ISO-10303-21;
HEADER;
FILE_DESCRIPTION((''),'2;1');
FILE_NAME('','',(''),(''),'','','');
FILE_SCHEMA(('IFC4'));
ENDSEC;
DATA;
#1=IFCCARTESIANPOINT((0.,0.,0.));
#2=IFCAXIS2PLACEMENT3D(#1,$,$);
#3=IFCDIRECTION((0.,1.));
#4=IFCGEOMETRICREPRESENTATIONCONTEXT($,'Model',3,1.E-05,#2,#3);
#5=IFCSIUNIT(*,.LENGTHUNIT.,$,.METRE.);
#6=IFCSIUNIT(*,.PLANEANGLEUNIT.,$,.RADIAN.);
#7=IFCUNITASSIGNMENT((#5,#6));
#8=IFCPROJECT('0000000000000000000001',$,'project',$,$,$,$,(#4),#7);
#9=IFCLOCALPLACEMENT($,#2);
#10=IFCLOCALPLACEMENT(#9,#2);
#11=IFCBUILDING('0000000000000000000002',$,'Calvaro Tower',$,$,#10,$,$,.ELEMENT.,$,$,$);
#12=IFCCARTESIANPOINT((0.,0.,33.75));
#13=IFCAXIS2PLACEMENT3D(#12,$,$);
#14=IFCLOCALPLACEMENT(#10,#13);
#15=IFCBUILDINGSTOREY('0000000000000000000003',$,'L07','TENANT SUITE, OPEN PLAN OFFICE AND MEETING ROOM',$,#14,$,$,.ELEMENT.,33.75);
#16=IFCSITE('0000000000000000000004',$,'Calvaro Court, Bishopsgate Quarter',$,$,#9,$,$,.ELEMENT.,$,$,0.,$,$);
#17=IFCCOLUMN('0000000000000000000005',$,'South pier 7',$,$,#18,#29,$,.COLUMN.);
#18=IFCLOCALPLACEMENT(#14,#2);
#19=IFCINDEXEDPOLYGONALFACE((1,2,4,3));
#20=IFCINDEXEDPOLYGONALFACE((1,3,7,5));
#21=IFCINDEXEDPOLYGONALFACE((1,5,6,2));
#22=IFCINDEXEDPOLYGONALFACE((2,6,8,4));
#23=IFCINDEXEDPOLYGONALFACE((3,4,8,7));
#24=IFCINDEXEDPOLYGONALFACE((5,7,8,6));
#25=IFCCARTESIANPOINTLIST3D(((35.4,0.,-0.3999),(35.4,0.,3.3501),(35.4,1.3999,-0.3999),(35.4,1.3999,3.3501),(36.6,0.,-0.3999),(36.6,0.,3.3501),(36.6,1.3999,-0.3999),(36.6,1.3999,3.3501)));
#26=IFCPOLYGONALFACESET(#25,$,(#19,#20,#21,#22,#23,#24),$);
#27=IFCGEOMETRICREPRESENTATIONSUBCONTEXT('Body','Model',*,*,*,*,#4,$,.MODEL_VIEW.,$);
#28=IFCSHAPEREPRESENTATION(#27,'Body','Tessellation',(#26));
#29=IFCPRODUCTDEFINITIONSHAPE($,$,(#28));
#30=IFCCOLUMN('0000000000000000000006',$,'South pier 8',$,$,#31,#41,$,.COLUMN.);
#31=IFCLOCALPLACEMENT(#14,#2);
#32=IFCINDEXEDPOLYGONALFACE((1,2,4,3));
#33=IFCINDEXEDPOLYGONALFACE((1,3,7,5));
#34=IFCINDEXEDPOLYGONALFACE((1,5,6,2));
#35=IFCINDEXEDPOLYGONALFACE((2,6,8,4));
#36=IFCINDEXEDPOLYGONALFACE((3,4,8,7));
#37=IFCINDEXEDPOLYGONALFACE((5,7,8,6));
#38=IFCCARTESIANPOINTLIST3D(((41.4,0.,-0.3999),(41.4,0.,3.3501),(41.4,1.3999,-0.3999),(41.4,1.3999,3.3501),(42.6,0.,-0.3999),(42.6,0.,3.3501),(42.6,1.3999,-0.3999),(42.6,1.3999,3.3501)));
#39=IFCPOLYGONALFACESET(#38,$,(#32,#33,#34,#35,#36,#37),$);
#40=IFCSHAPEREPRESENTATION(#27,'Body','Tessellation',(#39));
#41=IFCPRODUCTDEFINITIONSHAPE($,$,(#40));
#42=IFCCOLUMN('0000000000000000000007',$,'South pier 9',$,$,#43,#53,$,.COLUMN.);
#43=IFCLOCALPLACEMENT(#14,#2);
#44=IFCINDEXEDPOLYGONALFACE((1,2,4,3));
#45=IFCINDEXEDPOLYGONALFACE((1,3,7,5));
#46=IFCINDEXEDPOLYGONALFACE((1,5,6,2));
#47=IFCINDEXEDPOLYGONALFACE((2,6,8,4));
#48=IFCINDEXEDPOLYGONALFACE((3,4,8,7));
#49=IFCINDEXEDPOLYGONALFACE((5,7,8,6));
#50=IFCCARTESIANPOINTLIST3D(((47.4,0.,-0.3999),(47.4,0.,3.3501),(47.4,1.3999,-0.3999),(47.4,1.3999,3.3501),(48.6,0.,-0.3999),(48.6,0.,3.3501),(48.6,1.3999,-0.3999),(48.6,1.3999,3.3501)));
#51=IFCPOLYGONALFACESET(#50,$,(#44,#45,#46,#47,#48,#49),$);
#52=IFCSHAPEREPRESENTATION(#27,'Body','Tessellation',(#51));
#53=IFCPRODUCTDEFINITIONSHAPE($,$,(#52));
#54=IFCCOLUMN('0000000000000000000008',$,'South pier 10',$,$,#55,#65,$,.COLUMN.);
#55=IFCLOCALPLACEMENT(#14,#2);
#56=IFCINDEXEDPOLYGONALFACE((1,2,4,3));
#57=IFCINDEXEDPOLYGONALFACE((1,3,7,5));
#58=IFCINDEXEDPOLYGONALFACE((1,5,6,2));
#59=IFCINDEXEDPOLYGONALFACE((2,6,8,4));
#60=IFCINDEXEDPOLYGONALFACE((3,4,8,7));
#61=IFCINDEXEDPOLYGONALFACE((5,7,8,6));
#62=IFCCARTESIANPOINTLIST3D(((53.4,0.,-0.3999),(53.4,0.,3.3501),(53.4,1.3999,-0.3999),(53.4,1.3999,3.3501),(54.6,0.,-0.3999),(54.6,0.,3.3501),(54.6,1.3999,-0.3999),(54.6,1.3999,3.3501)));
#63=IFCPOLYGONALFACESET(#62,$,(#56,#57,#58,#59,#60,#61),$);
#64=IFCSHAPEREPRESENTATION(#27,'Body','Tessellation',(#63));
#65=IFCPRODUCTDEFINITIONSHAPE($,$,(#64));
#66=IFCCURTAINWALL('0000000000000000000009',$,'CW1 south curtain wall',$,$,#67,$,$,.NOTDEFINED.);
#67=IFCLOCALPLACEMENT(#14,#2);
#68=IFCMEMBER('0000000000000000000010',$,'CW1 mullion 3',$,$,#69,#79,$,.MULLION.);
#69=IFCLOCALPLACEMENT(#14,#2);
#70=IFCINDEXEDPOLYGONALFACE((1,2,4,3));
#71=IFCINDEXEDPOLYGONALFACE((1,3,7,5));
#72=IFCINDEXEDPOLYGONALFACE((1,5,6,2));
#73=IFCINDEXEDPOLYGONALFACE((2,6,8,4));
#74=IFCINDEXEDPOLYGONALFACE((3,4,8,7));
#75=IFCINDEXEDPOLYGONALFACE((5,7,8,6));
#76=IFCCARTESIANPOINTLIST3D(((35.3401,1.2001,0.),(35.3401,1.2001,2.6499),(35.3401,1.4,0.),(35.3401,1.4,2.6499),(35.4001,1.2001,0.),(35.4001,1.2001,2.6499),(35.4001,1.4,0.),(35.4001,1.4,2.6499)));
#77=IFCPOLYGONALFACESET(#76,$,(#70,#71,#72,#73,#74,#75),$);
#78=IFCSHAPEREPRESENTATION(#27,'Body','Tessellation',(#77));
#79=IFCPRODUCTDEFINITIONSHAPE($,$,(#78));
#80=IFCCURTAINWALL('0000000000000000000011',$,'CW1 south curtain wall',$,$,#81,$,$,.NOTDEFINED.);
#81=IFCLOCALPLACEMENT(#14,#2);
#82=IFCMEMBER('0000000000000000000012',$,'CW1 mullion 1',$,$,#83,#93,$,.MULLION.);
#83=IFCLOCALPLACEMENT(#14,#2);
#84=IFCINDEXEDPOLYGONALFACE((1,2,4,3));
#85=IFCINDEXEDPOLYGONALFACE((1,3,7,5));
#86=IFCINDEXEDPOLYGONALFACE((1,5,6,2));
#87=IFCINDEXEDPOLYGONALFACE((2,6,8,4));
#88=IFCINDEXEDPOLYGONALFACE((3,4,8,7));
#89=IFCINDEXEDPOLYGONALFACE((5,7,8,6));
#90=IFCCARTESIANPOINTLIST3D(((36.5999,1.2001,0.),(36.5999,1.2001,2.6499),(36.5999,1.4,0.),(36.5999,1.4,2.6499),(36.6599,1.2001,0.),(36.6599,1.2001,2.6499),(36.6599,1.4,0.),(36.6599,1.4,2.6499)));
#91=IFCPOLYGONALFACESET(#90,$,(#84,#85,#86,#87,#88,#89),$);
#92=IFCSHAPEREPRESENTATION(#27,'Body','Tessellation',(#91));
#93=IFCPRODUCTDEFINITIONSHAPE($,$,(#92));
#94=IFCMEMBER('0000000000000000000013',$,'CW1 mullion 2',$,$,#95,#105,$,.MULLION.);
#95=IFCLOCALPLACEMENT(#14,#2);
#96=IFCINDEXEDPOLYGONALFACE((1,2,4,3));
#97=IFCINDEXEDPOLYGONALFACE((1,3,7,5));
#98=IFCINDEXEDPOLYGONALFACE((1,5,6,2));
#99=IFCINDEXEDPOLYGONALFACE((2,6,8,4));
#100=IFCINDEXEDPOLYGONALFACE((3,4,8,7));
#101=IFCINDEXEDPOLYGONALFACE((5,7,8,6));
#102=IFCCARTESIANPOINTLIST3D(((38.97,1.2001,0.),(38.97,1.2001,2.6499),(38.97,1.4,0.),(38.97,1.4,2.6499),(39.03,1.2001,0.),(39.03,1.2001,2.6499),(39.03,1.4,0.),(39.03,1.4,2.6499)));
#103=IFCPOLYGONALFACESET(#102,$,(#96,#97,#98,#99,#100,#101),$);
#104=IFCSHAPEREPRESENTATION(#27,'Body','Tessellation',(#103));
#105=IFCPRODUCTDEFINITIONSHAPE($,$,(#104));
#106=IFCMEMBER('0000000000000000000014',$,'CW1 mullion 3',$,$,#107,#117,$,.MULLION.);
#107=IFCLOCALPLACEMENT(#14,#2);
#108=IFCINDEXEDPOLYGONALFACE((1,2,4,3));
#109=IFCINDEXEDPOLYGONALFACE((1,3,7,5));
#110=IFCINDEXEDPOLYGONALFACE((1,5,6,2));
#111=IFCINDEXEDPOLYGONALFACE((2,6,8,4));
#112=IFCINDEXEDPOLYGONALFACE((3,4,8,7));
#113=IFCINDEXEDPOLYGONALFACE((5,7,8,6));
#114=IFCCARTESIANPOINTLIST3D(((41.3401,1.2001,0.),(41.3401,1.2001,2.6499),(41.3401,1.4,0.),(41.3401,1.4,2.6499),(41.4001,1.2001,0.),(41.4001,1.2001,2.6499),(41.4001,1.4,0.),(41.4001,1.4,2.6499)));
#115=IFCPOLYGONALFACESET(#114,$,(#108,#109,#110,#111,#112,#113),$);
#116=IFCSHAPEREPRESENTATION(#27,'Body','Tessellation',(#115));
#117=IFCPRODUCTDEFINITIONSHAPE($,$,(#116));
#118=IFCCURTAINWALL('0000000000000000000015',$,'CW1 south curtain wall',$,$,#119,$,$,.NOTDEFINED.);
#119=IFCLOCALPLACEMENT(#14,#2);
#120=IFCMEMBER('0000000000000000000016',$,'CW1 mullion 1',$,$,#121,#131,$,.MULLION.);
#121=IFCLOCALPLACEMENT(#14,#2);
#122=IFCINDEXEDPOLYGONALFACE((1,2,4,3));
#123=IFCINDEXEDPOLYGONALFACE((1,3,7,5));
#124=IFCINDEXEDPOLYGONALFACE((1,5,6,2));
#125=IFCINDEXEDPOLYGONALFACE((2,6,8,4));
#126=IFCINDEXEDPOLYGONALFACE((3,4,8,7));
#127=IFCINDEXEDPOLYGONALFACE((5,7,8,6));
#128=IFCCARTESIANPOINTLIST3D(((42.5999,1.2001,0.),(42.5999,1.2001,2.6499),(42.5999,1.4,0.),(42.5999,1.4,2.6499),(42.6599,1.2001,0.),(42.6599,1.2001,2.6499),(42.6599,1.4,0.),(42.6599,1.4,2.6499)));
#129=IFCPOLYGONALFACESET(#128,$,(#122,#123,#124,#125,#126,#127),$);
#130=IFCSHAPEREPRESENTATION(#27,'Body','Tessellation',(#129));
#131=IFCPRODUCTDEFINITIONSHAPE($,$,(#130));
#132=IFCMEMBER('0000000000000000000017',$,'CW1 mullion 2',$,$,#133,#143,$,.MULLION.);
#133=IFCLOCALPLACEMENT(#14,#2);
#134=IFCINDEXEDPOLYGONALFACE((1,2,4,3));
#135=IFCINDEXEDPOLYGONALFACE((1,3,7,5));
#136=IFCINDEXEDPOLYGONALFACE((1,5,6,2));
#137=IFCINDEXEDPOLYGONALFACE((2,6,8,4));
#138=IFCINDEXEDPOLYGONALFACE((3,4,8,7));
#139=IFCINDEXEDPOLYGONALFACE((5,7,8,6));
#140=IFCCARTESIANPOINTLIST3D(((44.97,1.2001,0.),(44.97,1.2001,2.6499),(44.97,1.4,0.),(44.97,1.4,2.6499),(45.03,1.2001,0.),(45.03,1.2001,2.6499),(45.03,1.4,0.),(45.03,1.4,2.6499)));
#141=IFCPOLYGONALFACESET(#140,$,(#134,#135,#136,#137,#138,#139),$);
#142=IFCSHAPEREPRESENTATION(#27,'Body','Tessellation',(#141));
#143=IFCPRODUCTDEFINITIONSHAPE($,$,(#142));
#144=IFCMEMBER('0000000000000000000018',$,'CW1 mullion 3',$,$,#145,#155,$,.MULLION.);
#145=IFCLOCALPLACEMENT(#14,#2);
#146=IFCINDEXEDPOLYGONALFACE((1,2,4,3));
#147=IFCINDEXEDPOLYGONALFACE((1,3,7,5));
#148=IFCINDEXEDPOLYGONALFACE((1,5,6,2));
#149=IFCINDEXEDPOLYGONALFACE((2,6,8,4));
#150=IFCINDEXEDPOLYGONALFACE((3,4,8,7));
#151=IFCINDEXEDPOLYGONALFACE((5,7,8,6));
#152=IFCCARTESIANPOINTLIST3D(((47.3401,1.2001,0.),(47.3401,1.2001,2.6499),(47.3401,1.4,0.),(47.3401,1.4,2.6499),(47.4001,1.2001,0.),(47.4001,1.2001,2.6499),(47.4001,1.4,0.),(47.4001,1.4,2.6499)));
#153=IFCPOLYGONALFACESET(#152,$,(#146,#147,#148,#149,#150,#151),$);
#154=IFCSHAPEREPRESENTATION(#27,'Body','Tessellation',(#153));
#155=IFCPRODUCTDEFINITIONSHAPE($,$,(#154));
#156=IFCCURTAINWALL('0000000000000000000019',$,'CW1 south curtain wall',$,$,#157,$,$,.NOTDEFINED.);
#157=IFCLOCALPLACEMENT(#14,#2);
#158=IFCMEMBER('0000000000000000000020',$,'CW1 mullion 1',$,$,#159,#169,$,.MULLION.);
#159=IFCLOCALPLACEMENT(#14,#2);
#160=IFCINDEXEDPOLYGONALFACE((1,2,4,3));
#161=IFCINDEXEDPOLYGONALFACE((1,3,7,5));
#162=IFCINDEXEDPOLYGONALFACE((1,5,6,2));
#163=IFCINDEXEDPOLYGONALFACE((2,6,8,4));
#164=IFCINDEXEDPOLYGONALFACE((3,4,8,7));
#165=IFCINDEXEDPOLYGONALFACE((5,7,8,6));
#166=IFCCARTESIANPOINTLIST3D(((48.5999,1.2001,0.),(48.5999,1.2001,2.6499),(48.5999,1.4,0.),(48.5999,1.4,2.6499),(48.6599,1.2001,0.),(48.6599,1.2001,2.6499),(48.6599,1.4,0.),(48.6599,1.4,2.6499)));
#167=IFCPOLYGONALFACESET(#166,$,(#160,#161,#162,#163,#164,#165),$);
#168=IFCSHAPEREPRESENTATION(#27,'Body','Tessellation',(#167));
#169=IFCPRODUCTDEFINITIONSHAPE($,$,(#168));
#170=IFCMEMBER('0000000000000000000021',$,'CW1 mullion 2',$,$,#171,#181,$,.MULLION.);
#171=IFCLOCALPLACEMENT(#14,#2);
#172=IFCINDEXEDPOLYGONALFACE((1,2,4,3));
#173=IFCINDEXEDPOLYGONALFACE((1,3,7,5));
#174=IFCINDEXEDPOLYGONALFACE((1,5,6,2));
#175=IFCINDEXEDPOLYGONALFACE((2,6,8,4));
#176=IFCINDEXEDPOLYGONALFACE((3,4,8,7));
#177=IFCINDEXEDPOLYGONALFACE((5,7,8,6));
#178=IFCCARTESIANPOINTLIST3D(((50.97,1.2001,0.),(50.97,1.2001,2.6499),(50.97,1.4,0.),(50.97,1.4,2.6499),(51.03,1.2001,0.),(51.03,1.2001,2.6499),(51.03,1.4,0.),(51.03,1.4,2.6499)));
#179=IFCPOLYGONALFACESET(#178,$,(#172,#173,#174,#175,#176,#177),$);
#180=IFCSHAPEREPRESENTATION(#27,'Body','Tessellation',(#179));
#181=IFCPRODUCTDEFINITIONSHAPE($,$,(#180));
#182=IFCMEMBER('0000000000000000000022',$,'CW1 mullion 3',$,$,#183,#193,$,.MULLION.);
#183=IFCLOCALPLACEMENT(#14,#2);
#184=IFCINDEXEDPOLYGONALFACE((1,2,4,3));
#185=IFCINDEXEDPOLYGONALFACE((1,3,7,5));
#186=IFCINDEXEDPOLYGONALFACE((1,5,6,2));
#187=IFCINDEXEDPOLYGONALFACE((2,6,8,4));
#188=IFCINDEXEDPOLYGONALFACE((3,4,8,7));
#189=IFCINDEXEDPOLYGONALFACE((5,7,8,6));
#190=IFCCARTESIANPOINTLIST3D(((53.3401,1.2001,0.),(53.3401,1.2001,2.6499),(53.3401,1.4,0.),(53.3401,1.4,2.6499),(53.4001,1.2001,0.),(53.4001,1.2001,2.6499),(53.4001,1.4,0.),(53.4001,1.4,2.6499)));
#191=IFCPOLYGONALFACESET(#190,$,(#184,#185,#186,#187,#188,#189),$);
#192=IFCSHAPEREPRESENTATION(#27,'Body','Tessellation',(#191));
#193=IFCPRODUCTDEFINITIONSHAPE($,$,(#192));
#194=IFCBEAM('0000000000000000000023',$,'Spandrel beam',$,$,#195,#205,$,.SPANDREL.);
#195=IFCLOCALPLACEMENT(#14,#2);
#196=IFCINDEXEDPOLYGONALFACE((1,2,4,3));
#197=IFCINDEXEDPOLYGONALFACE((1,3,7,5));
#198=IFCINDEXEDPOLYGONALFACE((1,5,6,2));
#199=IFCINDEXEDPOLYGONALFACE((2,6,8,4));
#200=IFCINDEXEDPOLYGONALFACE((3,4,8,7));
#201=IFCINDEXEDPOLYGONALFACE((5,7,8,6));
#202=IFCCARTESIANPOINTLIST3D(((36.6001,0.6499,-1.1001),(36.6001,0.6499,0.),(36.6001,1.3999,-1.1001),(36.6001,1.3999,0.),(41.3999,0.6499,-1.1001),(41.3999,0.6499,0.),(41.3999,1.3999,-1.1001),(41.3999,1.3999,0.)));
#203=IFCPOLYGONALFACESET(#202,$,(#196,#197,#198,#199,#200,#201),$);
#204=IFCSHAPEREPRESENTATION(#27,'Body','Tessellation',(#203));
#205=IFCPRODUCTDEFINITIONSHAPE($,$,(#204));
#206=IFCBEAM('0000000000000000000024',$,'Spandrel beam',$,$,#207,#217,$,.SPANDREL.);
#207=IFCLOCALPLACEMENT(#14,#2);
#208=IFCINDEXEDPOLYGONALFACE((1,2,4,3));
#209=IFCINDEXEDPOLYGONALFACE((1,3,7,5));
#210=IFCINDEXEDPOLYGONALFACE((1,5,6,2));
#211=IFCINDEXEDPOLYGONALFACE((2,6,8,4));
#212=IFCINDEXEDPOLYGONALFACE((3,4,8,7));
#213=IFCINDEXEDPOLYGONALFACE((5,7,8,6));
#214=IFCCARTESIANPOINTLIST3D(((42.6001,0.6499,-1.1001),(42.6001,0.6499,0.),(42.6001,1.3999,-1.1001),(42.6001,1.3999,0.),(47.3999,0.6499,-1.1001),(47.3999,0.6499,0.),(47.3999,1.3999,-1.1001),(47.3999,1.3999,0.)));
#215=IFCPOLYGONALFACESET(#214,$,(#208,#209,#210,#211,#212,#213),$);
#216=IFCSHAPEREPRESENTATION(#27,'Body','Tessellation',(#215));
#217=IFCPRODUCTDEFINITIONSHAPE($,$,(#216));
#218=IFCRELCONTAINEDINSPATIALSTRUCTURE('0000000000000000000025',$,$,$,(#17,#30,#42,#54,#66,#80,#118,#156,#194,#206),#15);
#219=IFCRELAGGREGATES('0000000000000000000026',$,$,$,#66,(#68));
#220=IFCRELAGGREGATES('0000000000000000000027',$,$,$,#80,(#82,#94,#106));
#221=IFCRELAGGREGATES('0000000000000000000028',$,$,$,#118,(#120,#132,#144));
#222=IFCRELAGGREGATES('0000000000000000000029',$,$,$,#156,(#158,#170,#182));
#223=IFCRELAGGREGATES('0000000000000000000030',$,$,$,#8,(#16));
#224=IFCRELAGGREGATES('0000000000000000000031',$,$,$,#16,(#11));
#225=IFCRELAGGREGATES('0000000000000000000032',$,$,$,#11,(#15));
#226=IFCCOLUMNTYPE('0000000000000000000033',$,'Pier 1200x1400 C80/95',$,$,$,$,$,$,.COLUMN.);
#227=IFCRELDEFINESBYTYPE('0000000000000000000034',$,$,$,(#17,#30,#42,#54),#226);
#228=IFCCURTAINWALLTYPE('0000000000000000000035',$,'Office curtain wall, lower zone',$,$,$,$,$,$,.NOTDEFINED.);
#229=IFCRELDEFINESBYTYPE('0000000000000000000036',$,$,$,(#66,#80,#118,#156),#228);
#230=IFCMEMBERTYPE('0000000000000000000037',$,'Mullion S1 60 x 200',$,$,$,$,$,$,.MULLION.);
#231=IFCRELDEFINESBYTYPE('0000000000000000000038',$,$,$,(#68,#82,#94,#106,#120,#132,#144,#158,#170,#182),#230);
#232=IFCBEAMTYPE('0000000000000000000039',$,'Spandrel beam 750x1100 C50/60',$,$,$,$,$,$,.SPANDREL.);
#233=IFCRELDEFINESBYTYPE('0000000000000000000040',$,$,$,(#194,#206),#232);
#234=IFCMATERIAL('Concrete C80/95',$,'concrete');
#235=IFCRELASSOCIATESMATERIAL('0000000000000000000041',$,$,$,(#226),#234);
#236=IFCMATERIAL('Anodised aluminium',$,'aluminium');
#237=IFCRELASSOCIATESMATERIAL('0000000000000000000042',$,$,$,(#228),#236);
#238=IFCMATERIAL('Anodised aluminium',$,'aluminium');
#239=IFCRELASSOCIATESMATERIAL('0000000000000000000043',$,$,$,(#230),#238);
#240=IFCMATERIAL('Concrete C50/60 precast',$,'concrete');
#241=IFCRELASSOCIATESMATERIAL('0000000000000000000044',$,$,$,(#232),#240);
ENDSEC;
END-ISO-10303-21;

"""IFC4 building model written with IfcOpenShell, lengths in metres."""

from ifc_helpers import new_model, si_unit, direction, frame, origin, origin_2d, place, context, subcontext, project, spatial, rectangle, extrude, material, material_profile, profile_set, type_object, element, aggregate, save


model = new_model("IFC4")

# Units and contexts
model_context = context("Model", 3, precision=1e-05, world=origin(), true_north=direction((0.0, 1.0)))
body_context = subcontext(model_context, "Body", "Model", "MODEL_VIEW")
ifc_project = project(units=[si_unit("LENGTHUNIT", "METRE"), si_unit("PLANEANGLEUNIT", "RADIAN")], contexts=[model_context])

# Site, building, storey
site_placement = place(None, origin())
site = spatial("IfcSite", under=ifc_project, at=site_placement, Name="Calvaro Court, Bishopsgate Quarter", CompositionType="ELEMENT", RefElevation=0.0)
building_placement = place(site_placement, origin())
building = spatial("IfcBuilding", under=site, at=building_placement, Name="Calvaro Tower", CompositionType="ELEMENT")
storey_placement = place(building_placement, frame((0.0, 0.0, 33.75)))
storey = spatial("IfcBuildingStorey", under=building, at=storey_placement, Name="L07", Description="TENANT SUITE, OPEN PLAN OFFICE AND MEETING ROOM", CompositionType="ELEMENT", Elevation=33.75)

# Columns
ifc_material_1 = material(Name="Concrete C80/95", Category="concrete")
ifc_material_profile_1 = material_profile(ifc_material_1, rectangle(XDim=1.2, YDim=1.3999, at=origin_2d()), Name="RC 1200x1400")
ifc_profile_set_1 = profile_set([ifc_material_profile_1], Name="Concrete C80/95")
column_type = type_object("IfcColumnType", Name="Pier 1200x1400 C80/95", PredefinedType="COLUMN", material=ifc_profile_set_1)
for number, where, z_axis, x_axis, name in (
    (1, (36.0, 0.7, -0.3999), (0.0, 0.0, 1.0), (1.0, 0.0, 0.0), "South pier 7"),
    (2, (42.0, 0.7, -0.3999), (0.0, 0.0, 1.0), (1.0, 0.0, 0.0), "South pier 8"),
    (3, (48.0, 0.7, -0.3999), (0.0, 0.0, 1.0), (1.0, 0.0, 0.0), "South pier 9"),
    (4, (54.0, 0.7, -0.3999), (0.0, 0.0, 1.0), (1.0, 0.0, 0.0), "South pier 10"),
):
    element("IfcColumn", number, at=place(storey_placement, frame(where, z_axis=z_axis, x_axis=x_axis)), inside=storey, type_object=column_type, Name=name, PredefinedType="COLUMN", context=body_context, shape_type="SweptSolid", body=[
        extrude(rectangle(XDim=1.2, YDim=1.3999, at=origin_2d()), origin(), (0.0, 0.0, 1.0), 3.75),
    ])

# Curtain wall, member
ifc_material_2 = material(Name="Anodised aluminium", Category="aluminium")
curtain_wall_type = type_object("IfcCurtainWallType", Name="Office curtain wall, lower zone", PredefinedType="NOTDEFINED", material=ifc_material_2)
curtain_wall_1_placement = place(storey_placement, origin())
curtain_wall_1 = element("IfcCurtainWall", 5, at=curtain_wall_1_placement, inside=storey, type_object=curtain_wall_type, Name="CW1 south curtain wall", PredefinedType="NOTDEFINED")
ifc_material_3 = material(Name="Anodised aluminium", Category="aluminium")
ifc_material_profile_2 = material_profile(ifc_material_3, rectangle(XDim=0.2, YDim=0.0601, at=origin_2d()), Name="Mullion S1 60 x 200")
ifc_profile_set_2 = profile_set([ifc_material_profile_2], Name="Anodised aluminium")
member_type_1 = type_object("IfcMemberType", Name="Mullion S1 60 x 200", PredefinedType="MULLION", material=ifc_profile_set_2)
member_1_placement = place(storey_placement, frame((35.3701, 1.3, 0.0), z_axis=(0.0, 0.0, 1.0), x_axis=(0.0, 1.0, 0.0)))
member_1 = element("IfcMember", 6, at=member_1_placement, type_object=member_type_1, Name="CW1 mullion 3", PredefinedType="MULLION", context=body_context, shape_type="SweptSolid", body=[
    extrude(rectangle(XDim=0.2, YDim=0.0601, at=origin_2d()), origin(), (0.0, 0.0, 1.0), 2.6499),
])
aggregate(curtain_wall_1, [member_1])

# Curtain walls, members
curtain_wall_2_placement = place(storey_placement, origin())
curtain_wall_2 = element("IfcCurtainWall", 7, at=curtain_wall_2_placement, inside=storey, type_object=curtain_wall_type, Name="CW1 south curtain wall", PredefinedType="NOTDEFINED")
member_2_placement = place(storey_placement, frame((36.6299, 1.3, 0.0), z_axis=(0.0, 0.0, 1.0), x_axis=(0.0, 1.0, 0.0)))
member_2 = element("IfcMember", 8, at=member_2_placement, type_object=member_type_1, Name="CW1 mullion 1", PredefinedType="MULLION", context=body_context, shape_type="SweptSolid", body=[
    extrude(rectangle(XDim=0.2, YDim=0.0601, at=origin_2d()), origin(), (0.0, 0.0, 1.0), 2.6499),
])
member_3_placement = place(storey_placement, frame((39.0, 1.3, 0.0), z_axis=(0.0, 0.0, 1.0), x_axis=(0.0, 1.0, 0.0)))
member_3 = element("IfcMember", 9, at=member_3_placement, type_object=member_type_1, Name="CW1 mullion 2", PredefinedType="MULLION", context=body_context, shape_type="SweptSolid", body=[
    extrude(rectangle(XDim=0.2, YDim=0.0601, at=origin_2d()), origin(), (0.0, 0.0, 1.0), 2.6499),
])
member_4_placement = place(storey_placement, frame((41.3701, 1.3, 0.0), z_axis=(0.0, 0.0, 1.0), x_axis=(0.0, 1.0, 0.0)))
member_4 = element("IfcMember", 10, at=member_4_placement, type_object=member_type_1, Name="CW1 mullion 3", PredefinedType="MULLION", context=body_context, shape_type="SweptSolid", body=[
    extrude(rectangle(XDim=0.2, YDim=0.0601, at=origin_2d()), origin(), (0.0, 0.0, 1.0), 2.6499),
])
curtain_wall_3_placement = place(storey_placement, origin())
curtain_wall_3 = element("IfcCurtainWall", 11, at=curtain_wall_3_placement, inside=storey, type_object=curtain_wall_type, Name="CW1 south curtain wall", PredefinedType="NOTDEFINED")
member_5_placement = place(storey_placement, frame((42.6299, 1.3, 0.0), z_axis=(0.0, 0.0, 1.0), x_axis=(0.0, 1.0, 0.0)))
member_5 = element("IfcMember", 12, at=member_5_placement, type_object=member_type_1, Name="CW1 mullion 1", PredefinedType="MULLION", context=body_context, shape_type="SweptSolid", body=[
    extrude(rectangle(XDim=0.2, YDim=0.0601, at=origin_2d()), origin(), (0.0, 0.0, 1.0), 2.6499),
])
member_6_placement = place(storey_placement, frame((45.0, 1.3, 0.0), z_axis=(0.0, 0.0, 1.0), x_axis=(0.0, 1.0, 0.0)))
member_6 = element("IfcMember", 13, at=member_6_placement, type_object=member_type_1, Name="CW1 mullion 2", PredefinedType="MULLION", context=body_context, shape_type="SweptSolid", body=[
    extrude(rectangle(XDim=0.2, YDim=0.0601, at=origin_2d()), origin(), (0.0, 0.0, 1.0), 2.6499),
])
member_7_placement = place(storey_placement, frame((47.3701, 1.3, 0.0), z_axis=(0.0, 0.0, 1.0), x_axis=(0.0, 1.0, 0.0)))
member_7 = element("IfcMember", 14, at=member_7_placement, type_object=member_type_1, Name="CW1 mullion 3", PredefinedType="MULLION", context=body_context, shape_type="SweptSolid", body=[
    extrude(rectangle(XDim=0.2, YDim=0.0601, at=origin_2d()), origin(), (0.0, 0.0, 1.0), 2.6499),
])
curtain_wall_4_placement = place(storey_placement, origin())
curtain_wall_4 = element("IfcCurtainWall", 15, at=curtain_wall_4_placement, inside=storey, type_object=curtain_wall_type, Name="CW1 south curtain wall", PredefinedType="NOTDEFINED")
member_8_placement = place(storey_placement, frame((48.6299, 1.3, 0.0), z_axis=(0.0, 0.0, 1.0), x_axis=(0.0, 1.0, 0.0)))
member_8 = element("IfcMember", 16, at=member_8_placement, type_object=member_type_1, Name="CW1 mullion 1", PredefinedType="MULLION", context=body_context, shape_type="SweptSolid", body=[
    extrude(rectangle(XDim=0.2, YDim=0.0601, at=origin_2d()), origin(), (0.0, 0.0, 1.0), 2.6499),
])
member_9_placement = place(storey_placement, frame((51.0, 1.3, 0.0), z_axis=(0.0, 0.0, 1.0), x_axis=(0.0, 1.0, 0.0)))
member_9 = element("IfcMember", 17, at=member_9_placement, type_object=member_type_1, Name="CW1 mullion 2", PredefinedType="MULLION", context=body_context, shape_type="SweptSolid", body=[
    extrude(rectangle(XDim=0.2, YDim=0.0601, at=origin_2d()), origin(), (0.0, 0.0, 1.0), 2.6499),
])
member_10_placement = place(storey_placement, frame((53.3701, 1.3, 0.0), z_axis=(0.0, 0.0, 1.0), x_axis=(0.0, 1.0, 0.0)))
member_10 = element("IfcMember", 18, at=member_10_placement, type_object=member_type_1, Name="CW1 mullion 3", PredefinedType="MULLION", context=body_context, shape_type="SweptSolid", body=[
    extrude(rectangle(XDim=0.2, YDim=0.0601, at=origin_2d()), origin(), (0.0, 0.0, 1.0), 2.6499),
])

# Beams
ifc_material_4 = material(Name="Concrete C50/60 precast", Category="concrete")
ifc_material_profile_3 = material_profile(ifc_material_4, rectangle(XDim=0.75, YDim=1.1001, at=origin_2d()), Name="RC 750x1100")
ifc_profile_set_3 = profile_set([ifc_material_profile_3], Name="Concrete C50/60 precast")
beam_type = type_object("IfcBeamType", Name="Spandrel beam 750x1100 C50/60", PredefinedType="SPANDREL", material=ifc_profile_set_3)
for number, where, z_axis, x_axis, name in (
    (19, (36.6001, 1.0249, -0.55), (1.0, 0.0, 0.0), (0.0, 1.0, 0.0), "Spandrel beam"),
    (20, (42.6001, 1.0249, -0.55), (1.0, 0.0, 0.0), (0.0, 1.0, 0.0), "Spandrel beam"),
):
    element("IfcBeam", number, at=place(storey_placement, frame(where, z_axis=z_axis, x_axis=x_axis)), inside=storey, type_object=beam_type, Name=name, PredefinedType="SPANDREL", context=body_context, shape_type="SweptSolid", body=[
        extrude(rectangle(XDim=0.75, YDim=1.1001, at=origin_2d()), origin(), (0.0, 0.0, 1.0), 4.7998),
    ])

aggregate(curtain_wall_2, [member_2, member_3, member_4])
aggregate(curtain_wall_3, [member_5, member_6, member_7])
aggregate(curtain_wall_4, [member_8, member_9, member_10])

save(model, "model.ifc")
